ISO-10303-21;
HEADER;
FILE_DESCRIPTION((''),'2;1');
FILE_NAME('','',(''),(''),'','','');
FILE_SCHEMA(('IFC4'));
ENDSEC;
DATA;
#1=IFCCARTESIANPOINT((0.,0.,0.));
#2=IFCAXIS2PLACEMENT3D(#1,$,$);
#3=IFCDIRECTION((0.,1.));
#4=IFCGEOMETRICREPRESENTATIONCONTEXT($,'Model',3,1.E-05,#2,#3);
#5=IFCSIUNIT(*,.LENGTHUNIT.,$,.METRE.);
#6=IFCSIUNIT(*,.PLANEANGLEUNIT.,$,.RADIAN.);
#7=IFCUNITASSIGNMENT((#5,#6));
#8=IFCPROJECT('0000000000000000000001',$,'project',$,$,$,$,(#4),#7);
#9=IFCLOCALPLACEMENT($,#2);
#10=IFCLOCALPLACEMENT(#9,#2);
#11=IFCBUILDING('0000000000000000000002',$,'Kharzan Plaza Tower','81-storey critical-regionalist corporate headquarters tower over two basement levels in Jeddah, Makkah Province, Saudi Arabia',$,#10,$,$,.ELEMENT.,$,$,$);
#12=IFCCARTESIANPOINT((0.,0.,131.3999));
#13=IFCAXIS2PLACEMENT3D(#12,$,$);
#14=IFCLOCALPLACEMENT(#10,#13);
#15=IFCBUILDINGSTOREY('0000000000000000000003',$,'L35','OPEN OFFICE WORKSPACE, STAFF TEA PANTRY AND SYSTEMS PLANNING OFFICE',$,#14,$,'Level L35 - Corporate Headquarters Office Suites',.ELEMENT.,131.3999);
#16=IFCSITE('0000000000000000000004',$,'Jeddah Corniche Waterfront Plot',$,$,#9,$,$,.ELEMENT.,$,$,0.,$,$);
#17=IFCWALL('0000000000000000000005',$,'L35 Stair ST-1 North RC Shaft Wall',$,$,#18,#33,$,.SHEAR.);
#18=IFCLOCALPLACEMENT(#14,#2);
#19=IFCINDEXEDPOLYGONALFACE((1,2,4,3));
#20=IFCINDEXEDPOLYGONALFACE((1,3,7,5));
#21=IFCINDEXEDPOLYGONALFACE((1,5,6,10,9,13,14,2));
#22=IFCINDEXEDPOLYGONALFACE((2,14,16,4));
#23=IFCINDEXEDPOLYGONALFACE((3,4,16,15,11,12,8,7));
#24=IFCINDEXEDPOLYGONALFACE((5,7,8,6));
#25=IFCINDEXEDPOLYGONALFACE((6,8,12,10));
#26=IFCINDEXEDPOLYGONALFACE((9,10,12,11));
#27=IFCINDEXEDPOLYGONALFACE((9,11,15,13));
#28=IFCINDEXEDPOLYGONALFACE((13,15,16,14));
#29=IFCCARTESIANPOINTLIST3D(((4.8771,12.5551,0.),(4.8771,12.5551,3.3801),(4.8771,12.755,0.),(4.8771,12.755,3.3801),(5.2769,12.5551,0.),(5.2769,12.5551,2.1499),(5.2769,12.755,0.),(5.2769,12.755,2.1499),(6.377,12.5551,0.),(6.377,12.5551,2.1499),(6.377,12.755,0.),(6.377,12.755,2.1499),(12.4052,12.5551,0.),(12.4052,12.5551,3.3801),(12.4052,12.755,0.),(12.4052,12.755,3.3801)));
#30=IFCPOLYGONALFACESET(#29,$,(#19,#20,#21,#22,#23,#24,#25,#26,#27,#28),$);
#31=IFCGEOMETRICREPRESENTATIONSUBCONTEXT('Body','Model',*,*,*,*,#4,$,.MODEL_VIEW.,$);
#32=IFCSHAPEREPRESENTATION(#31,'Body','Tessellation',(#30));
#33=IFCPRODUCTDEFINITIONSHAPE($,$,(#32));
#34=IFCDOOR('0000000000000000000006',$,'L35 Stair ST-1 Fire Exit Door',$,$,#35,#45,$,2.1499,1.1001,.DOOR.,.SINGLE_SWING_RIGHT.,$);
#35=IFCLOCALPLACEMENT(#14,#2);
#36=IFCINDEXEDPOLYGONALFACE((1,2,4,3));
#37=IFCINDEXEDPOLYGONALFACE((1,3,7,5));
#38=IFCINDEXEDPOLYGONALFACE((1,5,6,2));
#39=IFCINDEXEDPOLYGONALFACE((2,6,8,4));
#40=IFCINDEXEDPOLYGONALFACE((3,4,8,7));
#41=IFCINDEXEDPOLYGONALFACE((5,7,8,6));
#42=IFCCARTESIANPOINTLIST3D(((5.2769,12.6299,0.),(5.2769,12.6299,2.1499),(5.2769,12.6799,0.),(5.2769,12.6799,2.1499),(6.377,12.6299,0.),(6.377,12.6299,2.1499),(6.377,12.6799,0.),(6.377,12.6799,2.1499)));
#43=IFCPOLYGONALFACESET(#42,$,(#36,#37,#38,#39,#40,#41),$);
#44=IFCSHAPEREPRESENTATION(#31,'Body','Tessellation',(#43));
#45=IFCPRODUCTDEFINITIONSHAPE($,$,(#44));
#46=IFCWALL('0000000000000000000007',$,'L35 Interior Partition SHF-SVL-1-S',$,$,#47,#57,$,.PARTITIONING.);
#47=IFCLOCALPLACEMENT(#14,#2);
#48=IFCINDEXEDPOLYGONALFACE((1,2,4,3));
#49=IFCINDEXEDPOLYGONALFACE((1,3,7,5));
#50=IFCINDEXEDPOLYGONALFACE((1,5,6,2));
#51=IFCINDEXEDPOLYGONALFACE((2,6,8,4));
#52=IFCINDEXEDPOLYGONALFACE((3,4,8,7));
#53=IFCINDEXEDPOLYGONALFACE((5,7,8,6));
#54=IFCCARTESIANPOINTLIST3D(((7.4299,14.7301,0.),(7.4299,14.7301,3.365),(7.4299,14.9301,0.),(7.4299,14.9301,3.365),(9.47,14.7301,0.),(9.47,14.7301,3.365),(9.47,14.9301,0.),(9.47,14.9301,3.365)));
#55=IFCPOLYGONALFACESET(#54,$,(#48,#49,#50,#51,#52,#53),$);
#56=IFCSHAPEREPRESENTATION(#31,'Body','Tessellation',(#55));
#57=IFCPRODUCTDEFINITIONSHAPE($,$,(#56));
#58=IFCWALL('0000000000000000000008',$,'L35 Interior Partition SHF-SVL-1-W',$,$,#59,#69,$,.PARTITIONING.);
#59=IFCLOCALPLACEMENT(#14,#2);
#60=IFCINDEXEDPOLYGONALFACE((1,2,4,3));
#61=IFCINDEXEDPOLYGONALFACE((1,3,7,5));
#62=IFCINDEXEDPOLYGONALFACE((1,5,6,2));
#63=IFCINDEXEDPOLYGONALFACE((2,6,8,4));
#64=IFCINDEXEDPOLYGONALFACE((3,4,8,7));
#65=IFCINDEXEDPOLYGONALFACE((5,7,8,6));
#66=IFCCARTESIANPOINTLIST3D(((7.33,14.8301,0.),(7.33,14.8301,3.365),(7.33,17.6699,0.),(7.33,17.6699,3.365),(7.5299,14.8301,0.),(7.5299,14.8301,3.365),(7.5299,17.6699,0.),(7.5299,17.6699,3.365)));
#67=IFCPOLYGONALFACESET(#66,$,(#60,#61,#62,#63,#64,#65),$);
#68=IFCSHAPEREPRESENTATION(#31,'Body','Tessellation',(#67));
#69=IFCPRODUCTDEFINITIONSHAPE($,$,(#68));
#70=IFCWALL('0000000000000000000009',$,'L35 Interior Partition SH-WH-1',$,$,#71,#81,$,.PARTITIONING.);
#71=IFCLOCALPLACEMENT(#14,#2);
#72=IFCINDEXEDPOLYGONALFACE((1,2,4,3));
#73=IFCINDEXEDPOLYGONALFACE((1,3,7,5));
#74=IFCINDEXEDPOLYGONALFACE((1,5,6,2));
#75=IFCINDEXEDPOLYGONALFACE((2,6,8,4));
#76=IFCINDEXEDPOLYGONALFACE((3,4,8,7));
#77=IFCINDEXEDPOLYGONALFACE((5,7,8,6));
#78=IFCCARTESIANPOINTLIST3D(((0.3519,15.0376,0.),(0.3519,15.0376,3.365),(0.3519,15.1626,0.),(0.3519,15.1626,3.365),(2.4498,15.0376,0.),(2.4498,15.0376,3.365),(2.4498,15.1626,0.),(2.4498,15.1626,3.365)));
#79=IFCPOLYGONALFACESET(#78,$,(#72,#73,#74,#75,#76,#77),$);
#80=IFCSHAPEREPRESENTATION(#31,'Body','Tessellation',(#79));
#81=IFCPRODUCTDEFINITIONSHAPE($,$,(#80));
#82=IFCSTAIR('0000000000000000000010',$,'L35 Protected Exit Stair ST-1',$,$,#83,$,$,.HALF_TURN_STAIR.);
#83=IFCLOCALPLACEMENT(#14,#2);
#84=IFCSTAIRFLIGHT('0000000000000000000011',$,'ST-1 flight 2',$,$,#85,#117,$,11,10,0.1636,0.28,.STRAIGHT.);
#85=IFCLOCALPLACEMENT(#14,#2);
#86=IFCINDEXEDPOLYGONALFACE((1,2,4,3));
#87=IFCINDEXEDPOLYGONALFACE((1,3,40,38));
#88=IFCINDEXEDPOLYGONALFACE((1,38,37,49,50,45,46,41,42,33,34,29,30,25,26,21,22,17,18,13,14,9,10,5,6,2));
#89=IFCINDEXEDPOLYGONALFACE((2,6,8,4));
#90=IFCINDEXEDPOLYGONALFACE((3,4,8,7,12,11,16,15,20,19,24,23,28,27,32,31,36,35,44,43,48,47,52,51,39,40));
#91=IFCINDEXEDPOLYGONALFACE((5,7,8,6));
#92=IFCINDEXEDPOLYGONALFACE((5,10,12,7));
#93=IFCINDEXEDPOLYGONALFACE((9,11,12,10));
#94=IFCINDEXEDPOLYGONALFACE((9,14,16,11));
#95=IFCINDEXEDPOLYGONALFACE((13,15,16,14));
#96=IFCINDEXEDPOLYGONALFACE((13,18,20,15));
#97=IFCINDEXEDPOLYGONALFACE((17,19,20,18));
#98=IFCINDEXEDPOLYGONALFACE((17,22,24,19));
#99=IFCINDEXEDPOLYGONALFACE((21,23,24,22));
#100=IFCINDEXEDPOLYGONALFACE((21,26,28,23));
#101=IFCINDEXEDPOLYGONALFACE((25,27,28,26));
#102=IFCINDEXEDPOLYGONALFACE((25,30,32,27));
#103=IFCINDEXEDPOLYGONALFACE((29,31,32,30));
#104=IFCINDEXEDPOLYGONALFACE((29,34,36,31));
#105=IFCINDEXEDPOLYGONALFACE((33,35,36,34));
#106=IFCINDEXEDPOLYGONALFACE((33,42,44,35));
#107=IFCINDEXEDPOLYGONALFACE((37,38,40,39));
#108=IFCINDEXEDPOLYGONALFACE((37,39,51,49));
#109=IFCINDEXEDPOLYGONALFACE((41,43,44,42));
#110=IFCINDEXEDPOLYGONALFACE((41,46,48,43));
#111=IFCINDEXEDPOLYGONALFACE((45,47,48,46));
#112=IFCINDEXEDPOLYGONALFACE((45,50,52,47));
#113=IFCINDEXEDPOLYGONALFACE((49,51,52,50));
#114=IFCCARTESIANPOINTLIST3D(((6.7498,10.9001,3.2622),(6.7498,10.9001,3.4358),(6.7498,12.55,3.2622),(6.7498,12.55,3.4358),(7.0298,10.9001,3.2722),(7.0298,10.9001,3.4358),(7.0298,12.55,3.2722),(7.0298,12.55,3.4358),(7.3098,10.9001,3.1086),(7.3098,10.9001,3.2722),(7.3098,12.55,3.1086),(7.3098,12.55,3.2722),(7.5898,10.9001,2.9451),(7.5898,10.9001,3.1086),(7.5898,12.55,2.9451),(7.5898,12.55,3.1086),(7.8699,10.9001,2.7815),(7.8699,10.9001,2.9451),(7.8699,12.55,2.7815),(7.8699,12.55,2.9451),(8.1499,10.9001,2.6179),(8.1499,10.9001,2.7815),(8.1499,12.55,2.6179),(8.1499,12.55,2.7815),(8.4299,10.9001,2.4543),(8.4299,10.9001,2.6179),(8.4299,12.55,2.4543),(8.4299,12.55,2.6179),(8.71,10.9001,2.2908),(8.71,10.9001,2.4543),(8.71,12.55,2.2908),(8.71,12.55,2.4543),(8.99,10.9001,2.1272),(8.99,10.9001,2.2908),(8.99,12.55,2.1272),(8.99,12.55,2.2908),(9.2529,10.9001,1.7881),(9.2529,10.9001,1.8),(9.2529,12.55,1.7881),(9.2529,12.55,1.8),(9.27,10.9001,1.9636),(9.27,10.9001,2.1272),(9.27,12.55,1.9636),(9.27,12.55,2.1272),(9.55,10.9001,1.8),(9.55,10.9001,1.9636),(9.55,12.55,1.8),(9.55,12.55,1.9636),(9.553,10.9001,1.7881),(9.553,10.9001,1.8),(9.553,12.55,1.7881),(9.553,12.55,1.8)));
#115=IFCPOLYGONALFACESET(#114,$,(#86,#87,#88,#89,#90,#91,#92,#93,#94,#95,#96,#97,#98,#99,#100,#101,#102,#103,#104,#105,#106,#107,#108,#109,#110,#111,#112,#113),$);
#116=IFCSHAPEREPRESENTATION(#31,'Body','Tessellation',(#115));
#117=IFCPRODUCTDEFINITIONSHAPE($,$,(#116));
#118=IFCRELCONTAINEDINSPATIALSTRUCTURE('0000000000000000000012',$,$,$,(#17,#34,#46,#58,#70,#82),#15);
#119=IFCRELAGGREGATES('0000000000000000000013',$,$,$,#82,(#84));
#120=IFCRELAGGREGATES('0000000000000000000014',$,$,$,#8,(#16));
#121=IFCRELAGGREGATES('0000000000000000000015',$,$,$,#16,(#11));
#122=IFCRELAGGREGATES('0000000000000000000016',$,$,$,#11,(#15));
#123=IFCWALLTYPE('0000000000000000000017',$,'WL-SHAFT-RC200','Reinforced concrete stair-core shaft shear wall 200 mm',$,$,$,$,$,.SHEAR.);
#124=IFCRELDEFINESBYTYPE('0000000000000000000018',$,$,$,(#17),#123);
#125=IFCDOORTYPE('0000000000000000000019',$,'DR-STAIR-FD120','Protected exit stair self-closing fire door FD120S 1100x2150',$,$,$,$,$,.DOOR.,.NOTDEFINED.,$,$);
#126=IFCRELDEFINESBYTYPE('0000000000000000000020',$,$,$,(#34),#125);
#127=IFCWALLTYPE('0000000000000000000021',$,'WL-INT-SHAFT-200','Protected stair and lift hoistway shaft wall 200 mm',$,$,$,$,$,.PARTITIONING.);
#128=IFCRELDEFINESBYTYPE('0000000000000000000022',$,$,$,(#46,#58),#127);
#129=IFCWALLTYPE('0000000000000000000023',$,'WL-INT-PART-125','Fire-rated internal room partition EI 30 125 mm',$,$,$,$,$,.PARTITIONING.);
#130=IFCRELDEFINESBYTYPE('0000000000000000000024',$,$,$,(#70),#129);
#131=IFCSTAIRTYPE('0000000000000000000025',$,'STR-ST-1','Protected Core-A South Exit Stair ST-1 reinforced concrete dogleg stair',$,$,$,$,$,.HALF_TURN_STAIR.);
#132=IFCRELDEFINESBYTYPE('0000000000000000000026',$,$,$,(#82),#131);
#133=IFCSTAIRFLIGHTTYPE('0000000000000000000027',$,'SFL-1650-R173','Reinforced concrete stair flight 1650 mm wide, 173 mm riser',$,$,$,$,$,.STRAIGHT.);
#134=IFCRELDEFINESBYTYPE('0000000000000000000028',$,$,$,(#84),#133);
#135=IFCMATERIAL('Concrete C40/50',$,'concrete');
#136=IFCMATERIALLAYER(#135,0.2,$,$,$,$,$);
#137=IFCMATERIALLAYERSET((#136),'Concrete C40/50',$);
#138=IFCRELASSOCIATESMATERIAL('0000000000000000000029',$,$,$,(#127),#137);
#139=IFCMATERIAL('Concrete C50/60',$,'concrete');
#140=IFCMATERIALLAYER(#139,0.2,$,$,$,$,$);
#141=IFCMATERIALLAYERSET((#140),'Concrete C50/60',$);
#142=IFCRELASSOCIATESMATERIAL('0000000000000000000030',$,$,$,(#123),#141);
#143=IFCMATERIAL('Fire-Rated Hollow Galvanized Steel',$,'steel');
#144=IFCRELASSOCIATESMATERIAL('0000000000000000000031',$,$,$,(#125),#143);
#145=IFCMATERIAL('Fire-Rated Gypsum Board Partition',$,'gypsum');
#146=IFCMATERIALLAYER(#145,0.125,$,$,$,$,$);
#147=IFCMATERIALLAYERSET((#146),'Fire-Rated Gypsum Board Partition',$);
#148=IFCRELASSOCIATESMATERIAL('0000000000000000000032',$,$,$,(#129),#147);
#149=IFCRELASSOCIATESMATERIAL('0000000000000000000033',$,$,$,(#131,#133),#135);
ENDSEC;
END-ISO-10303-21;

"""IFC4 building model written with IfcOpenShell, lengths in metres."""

from ifc_helpers import new_model, si_unit, direction, frame, frame_2d, origin, place, context, subcontext, project, spatial, polyline, rectangle, outline, extrude, source, transform, mapped, material, layer, layer_set, type_object, element, fill, aggregate, save


model = new_model("IFC4")

# Units and contexts
model_context = context("Model", 3, precision=1e-05, world=origin(), true_north=direction((0.0, 1.0)))
body_context = subcontext(model_context, "Body", "Model", "MODEL_VIEW")
ifc_project = project(units=[si_unit("LENGTHUNIT", "METRE"), si_unit("PLANEANGLEUNIT", "RADIAN")], contexts=[model_context])

# Site, building, storey
site_placement = place(None, origin())
site = spatial("IfcSite", under=ifc_project, at=site_placement, Name="Jeddah Corniche Waterfront Plot", CompositionType="ELEMENT", RefElevation=0.0)
building_placement = place(site_placement, origin())
building = spatial("IfcBuilding", under=site, at=building_placement, Name="Kharzan Plaza Tower", Description="81-storey critical-regionalist corporate headquarters tower over two basement levels in Jeddah, Makkah Province, Saudi Arabia", CompositionType="ELEMENT")
storey_placement = place(building_placement, frame((0.0, 0.0, 131.3999)))
storey = spatial("IfcBuildingStorey", under=building, at=storey_placement, Name="L35", Description="OPEN OFFICE WORKSPACE, STAFF TEA PANTRY AND SYSTEMS PLANNING OFFICE", LongName="Level L35 - Corporate Headquarters Office Suites", CompositionType="ELEMENT", Elevation=131.3999)

# Shared definitions
ifc_material_1 = material(Name="Concrete C40/50", Category="concrete")

# Wall, opening, door
ifc_layer_1 = layer(ifc_material_1, 0.2)
ifc_layer_set_1 = layer_set([ifc_layer_1], Name="Concrete C40/50")
wall_type_1 = type_object("IfcWallType", Name="WL-INT-SHAFT-200", Description="Protected stair and lift hoistway shaft wall 200 mm", PredefinedType="PARTITIONING", material=ifc_layer_set_1)
ifc_material_2 = material(Name="Concrete C50/60", Category="concrete")
ifc_layer_2 = layer(ifc_material_2, 0.2)
ifc_layer_set_2 = layer_set([ifc_layer_2], Name="Concrete C50/60")
wall_type_2 = type_object("IfcWallType", Name="WL-SHAFT-RC200", Description="Reinforced concrete stair-core shaft shear wall 200 mm", PredefinedType="SHEAR", material=ifc_layer_set_2)
wall_1_placement = place(storey_placement, frame((4.877, 12.655, 0.0), z_axis=(0.0, 0.0, 1.0), x_axis=(1.0, 0.0, 0.0)))
wall_1 = element("IfcWall", 1, at=wall_1_placement, inside=storey, type_object=wall_type_2, Name="L35 Stair ST-1 North RC Shaft Wall", PredefinedType="SHEAR", context=body_context, shape_type="SweptSolid", body=[
    extrude(rectangle(XDim=7.5281, YDim=0.2, at=frame_2d((3.7642, 0.0))), origin(), (0.0, 0.0, 1.0), 3.3801),
])
opening_1_placement = place(wall_1_placement, frame((0.3999, 0.0, 0.0)))
opening_1 = element("IfcOpeningElement", 2, at=opening_1_placement, cuts=wall_1, PredefinedType="OPENING", context=body_context, shape_type="SweptSolid", body=[
    extrude(rectangle(XDim=1.1001, YDim=2.1499, at=frame_2d((0.55, 1.075))), frame((0.0, 0.1099, 0.0), z_axis=(0.0, -1.0, 0.0), x_axis=(1.0, 0.0, 0.0)), (0.0, 0.0, 1.0), 0.22),
])
ifc_material_3 = material(Name="Fire-Rated Hollow Galvanized Steel", Category="steel")
door_type_1 = type_object("IfcDoorType", Name="DR-STAIR-FD120", Description="Protected exit stair self-closing fire door FD120S 1100x2150", OperationType="NOTDEFINED", PredefinedType="DOOR", material=ifc_material_3)
shared_shape_1 = source(origin(), body_context, "Body", "SweptSolid", [
    extrude(rectangle(XDim=1.1001, YDim=2.1499, at=frame_2d((0.55, 1.075))), frame((0.0, 0.0249, 0.0), z_axis=(0.0, -1.0, 0.0), x_axis=(1.0, 0.0, 0.0)), (0.0, 0.0, 1.0), 0.05),
])
door_1_placement = place(opening_1_placement, origin())
door_1 = element("IfcDoor", 3, at=door_1_placement, inside=storey, type_object=door_type_1, Name="L35 Stair ST-1 Fire Exit Door", OperationType="SINGLE_SWING_RIGHT", OverallHeight=2.1499, OverallWidth=1.1001, PredefinedType="DOOR", context=body_context, shape_type="MappedRepresentation", body=[
    mapped(shared_shape_1, transform((0.0, 0.0, 0.0), x_axis=(1.0, 0.0, 0.0), y_axis=(0.0, 1.0, 0.0), z_axis=(0.0, 0.0, 1.0))),
])
fill(opening_1, door_1)

# Walls
shared_shape_2 = source(origin(), body_context, "Body", "SweptSolid", [
    extrude(rectangle(XDim=2.04, YDim=0.2, at=frame_2d((1.02, 0.0))), origin(), (0.0, 0.0, 1.0), 3.365),
])
wall_2_placement = place(storey_placement, frame((7.4299, 14.8301, 0.0), z_axis=(0.0, 0.0, 1.0), x_axis=(1.0, 0.0, 0.0)))
element("IfcWall", 4, at=wall_2_placement, inside=storey, type_object=wall_type_1, Name="L35 Interior Partition SHF-SVL-1-S", PredefinedType="PARTITIONING", context=body_context, shape_type="MappedRepresentation", body=[
    mapped(shared_shape_2, transform((0.0, 0.0, 0.0), x_axis=(1.0, 0.0, 0.0), y_axis=(0.0, 1.0, 0.0), z_axis=(0.0, 0.0, 1.0))),
])
shared_shape_3 = source(origin(), body_context, "Body", "SweptSolid", [
    extrude(rectangle(XDim=2.8398, YDim=0.2, at=frame_2d((1.4199, 0.0))), origin(), (0.0, 0.0, 1.0), 3.365),
])
wall_3_placement = place(storey_placement, frame((7.4299, 14.8301, 0.0), z_axis=(0.0, 0.0, 1.0), x_axis=(0.0, 1.0, 0.0)))
element("IfcWall", 5, at=wall_3_placement, inside=storey, type_object=wall_type_1, Name="L35 Interior Partition SHF-SVL-1-W", PredefinedType="PARTITIONING", context=body_context, shape_type="MappedRepresentation", body=[
    mapped(shared_shape_3, transform((0.0, 0.0, 0.0), x_axis=(1.0, 0.0, 0.0), y_axis=(0.0, 1.0, 0.0), z_axis=(0.0, 0.0, 1.0))),
])
ifc_material_4 = material(Name="Fire-Rated Gypsum Board Partition", Category="gypsum")
ifc_layer_3 = layer(ifc_material_4, 0.125)
ifc_layer_set_3 = layer_set([ifc_layer_3], Name="Fire-Rated Gypsum Board Partition")
wall_type_3 = type_object("IfcWallType", Name="WL-INT-PART-125", Description="Fire-rated internal room partition EI 30 125 mm", PredefinedType="PARTITIONING", material=ifc_layer_set_3)
shared_shape_4 = source(origin(), body_context, "Body", "SweptSolid", [
    extrude(rectangle(XDim=2.0979, YDim=0.125, at=frame_2d((1.0488, 0.0))), origin(), (0.0, 0.0, 1.0), 3.365),
])
wall_4_placement = place(storey_placement, frame((0.3521, 15.1001, 0.0), z_axis=(0.0, 0.0, 1.0), x_axis=(1.0, 0.0, 0.0)))
element("IfcWall", 6, at=wall_4_placement, inside=storey, type_object=wall_type_3, Name="L35 Interior Partition SH-WH-1", PredefinedType="PARTITIONING", context=body_context, shape_type="MappedRepresentation", body=[
    mapped(shared_shape_4, transform((0.0, 0.0, 0.0), x_axis=(1.0, 0.0, 0.0), y_axis=(0.0, 1.0, 0.0), z_axis=(0.0, 0.0, 1.0))),
])

# Stair, stair flight
stair_type = type_object("IfcStairType", Name="STR-ST-1", Description="Protected Core-A South Exit Stair ST-1 reinforced concrete dogleg stair", PredefinedType="HALF_TURN_STAIR", material=ifc_material_1)
stair_placement = place(storey_placement, origin())
stair = element("IfcStair", 7, at=stair_placement, inside=storey, type_object=stair_type, Name="L35 Protected Exit Stair ST-1", PredefinedType="HALF_TURN_STAIR")
stair_flight_type = type_object("IfcStairFlightType", Name="SFL-1650-R173", Description="Reinforced concrete stair flight 1650 mm wide, 173 mm riser", PredefinedType="STRAIGHT", material=ifc_material_1)
shared_shape_5 = source(origin(), body_context, "Body", "SweptSolid", [
    extrude(outline(polyline([(-0.0029, -0.012), (-0.0029, 0.0), (0.0, 0.0), (0.0, 0.1636), (0.28, 0.1636), (0.28, 0.3271), (0.5601, 0.3271), (0.5601, 0.4907), (0.8401, 0.4907), (0.8401, 0.6543), (1.1201, 0.6543), (1.1201, 0.8179), (1.4001, 0.8179), (1.4001, 0.9814), (1.6802, 0.9814), (1.6802, 1.145), (1.9602, 1.145), (1.9602, 1.3086), (2.2402, 1.3086), (2.2402, 1.4722), (2.5203, 1.4722), (2.5203, 1.6357), (2.8003, 1.6357), (2.8003, 1.7993), (2.8003, 1.4622), (0.2971, 0.0), (0.2971, -0.012), (-0.0029, -0.012)])), frame((0.0, 0.825, 0.0), z_axis=(0.0, -1.0, 0.0), x_axis=(1.0, 0.0, 0.0)), (0.0, 0.0, 1.0), 1.6499),
])
stair_flight_placement = place(storey_placement, frame((9.55, 11.7251, 1.8), z_axis=(0.0, 0.0, 1.0), x_axis=(-1.0, 0.0, 0.0)))
stair_flight = element("IfcStairFlight", 8, at=stair_flight_placement, type_object=stair_flight_type, Name="ST-1 flight 2", NumberOfRisers=11, NumberOfTreads=10, PredefinedType="STRAIGHT", RiserHeight=0.1636, TreadLength=0.28, context=body_context, shape_type="MappedRepresentation", body=[
    mapped(shared_shape_5, transform((0.0, 0.0, 0.0), x_axis=(1.0, 0.0, 0.0), y_axis=(0.0, 1.0, 0.0), z_axis=(0.0, 0.0, 1.0))),
])
aggregate(stair, [stair_flight])

save(model, "model.ifc")
